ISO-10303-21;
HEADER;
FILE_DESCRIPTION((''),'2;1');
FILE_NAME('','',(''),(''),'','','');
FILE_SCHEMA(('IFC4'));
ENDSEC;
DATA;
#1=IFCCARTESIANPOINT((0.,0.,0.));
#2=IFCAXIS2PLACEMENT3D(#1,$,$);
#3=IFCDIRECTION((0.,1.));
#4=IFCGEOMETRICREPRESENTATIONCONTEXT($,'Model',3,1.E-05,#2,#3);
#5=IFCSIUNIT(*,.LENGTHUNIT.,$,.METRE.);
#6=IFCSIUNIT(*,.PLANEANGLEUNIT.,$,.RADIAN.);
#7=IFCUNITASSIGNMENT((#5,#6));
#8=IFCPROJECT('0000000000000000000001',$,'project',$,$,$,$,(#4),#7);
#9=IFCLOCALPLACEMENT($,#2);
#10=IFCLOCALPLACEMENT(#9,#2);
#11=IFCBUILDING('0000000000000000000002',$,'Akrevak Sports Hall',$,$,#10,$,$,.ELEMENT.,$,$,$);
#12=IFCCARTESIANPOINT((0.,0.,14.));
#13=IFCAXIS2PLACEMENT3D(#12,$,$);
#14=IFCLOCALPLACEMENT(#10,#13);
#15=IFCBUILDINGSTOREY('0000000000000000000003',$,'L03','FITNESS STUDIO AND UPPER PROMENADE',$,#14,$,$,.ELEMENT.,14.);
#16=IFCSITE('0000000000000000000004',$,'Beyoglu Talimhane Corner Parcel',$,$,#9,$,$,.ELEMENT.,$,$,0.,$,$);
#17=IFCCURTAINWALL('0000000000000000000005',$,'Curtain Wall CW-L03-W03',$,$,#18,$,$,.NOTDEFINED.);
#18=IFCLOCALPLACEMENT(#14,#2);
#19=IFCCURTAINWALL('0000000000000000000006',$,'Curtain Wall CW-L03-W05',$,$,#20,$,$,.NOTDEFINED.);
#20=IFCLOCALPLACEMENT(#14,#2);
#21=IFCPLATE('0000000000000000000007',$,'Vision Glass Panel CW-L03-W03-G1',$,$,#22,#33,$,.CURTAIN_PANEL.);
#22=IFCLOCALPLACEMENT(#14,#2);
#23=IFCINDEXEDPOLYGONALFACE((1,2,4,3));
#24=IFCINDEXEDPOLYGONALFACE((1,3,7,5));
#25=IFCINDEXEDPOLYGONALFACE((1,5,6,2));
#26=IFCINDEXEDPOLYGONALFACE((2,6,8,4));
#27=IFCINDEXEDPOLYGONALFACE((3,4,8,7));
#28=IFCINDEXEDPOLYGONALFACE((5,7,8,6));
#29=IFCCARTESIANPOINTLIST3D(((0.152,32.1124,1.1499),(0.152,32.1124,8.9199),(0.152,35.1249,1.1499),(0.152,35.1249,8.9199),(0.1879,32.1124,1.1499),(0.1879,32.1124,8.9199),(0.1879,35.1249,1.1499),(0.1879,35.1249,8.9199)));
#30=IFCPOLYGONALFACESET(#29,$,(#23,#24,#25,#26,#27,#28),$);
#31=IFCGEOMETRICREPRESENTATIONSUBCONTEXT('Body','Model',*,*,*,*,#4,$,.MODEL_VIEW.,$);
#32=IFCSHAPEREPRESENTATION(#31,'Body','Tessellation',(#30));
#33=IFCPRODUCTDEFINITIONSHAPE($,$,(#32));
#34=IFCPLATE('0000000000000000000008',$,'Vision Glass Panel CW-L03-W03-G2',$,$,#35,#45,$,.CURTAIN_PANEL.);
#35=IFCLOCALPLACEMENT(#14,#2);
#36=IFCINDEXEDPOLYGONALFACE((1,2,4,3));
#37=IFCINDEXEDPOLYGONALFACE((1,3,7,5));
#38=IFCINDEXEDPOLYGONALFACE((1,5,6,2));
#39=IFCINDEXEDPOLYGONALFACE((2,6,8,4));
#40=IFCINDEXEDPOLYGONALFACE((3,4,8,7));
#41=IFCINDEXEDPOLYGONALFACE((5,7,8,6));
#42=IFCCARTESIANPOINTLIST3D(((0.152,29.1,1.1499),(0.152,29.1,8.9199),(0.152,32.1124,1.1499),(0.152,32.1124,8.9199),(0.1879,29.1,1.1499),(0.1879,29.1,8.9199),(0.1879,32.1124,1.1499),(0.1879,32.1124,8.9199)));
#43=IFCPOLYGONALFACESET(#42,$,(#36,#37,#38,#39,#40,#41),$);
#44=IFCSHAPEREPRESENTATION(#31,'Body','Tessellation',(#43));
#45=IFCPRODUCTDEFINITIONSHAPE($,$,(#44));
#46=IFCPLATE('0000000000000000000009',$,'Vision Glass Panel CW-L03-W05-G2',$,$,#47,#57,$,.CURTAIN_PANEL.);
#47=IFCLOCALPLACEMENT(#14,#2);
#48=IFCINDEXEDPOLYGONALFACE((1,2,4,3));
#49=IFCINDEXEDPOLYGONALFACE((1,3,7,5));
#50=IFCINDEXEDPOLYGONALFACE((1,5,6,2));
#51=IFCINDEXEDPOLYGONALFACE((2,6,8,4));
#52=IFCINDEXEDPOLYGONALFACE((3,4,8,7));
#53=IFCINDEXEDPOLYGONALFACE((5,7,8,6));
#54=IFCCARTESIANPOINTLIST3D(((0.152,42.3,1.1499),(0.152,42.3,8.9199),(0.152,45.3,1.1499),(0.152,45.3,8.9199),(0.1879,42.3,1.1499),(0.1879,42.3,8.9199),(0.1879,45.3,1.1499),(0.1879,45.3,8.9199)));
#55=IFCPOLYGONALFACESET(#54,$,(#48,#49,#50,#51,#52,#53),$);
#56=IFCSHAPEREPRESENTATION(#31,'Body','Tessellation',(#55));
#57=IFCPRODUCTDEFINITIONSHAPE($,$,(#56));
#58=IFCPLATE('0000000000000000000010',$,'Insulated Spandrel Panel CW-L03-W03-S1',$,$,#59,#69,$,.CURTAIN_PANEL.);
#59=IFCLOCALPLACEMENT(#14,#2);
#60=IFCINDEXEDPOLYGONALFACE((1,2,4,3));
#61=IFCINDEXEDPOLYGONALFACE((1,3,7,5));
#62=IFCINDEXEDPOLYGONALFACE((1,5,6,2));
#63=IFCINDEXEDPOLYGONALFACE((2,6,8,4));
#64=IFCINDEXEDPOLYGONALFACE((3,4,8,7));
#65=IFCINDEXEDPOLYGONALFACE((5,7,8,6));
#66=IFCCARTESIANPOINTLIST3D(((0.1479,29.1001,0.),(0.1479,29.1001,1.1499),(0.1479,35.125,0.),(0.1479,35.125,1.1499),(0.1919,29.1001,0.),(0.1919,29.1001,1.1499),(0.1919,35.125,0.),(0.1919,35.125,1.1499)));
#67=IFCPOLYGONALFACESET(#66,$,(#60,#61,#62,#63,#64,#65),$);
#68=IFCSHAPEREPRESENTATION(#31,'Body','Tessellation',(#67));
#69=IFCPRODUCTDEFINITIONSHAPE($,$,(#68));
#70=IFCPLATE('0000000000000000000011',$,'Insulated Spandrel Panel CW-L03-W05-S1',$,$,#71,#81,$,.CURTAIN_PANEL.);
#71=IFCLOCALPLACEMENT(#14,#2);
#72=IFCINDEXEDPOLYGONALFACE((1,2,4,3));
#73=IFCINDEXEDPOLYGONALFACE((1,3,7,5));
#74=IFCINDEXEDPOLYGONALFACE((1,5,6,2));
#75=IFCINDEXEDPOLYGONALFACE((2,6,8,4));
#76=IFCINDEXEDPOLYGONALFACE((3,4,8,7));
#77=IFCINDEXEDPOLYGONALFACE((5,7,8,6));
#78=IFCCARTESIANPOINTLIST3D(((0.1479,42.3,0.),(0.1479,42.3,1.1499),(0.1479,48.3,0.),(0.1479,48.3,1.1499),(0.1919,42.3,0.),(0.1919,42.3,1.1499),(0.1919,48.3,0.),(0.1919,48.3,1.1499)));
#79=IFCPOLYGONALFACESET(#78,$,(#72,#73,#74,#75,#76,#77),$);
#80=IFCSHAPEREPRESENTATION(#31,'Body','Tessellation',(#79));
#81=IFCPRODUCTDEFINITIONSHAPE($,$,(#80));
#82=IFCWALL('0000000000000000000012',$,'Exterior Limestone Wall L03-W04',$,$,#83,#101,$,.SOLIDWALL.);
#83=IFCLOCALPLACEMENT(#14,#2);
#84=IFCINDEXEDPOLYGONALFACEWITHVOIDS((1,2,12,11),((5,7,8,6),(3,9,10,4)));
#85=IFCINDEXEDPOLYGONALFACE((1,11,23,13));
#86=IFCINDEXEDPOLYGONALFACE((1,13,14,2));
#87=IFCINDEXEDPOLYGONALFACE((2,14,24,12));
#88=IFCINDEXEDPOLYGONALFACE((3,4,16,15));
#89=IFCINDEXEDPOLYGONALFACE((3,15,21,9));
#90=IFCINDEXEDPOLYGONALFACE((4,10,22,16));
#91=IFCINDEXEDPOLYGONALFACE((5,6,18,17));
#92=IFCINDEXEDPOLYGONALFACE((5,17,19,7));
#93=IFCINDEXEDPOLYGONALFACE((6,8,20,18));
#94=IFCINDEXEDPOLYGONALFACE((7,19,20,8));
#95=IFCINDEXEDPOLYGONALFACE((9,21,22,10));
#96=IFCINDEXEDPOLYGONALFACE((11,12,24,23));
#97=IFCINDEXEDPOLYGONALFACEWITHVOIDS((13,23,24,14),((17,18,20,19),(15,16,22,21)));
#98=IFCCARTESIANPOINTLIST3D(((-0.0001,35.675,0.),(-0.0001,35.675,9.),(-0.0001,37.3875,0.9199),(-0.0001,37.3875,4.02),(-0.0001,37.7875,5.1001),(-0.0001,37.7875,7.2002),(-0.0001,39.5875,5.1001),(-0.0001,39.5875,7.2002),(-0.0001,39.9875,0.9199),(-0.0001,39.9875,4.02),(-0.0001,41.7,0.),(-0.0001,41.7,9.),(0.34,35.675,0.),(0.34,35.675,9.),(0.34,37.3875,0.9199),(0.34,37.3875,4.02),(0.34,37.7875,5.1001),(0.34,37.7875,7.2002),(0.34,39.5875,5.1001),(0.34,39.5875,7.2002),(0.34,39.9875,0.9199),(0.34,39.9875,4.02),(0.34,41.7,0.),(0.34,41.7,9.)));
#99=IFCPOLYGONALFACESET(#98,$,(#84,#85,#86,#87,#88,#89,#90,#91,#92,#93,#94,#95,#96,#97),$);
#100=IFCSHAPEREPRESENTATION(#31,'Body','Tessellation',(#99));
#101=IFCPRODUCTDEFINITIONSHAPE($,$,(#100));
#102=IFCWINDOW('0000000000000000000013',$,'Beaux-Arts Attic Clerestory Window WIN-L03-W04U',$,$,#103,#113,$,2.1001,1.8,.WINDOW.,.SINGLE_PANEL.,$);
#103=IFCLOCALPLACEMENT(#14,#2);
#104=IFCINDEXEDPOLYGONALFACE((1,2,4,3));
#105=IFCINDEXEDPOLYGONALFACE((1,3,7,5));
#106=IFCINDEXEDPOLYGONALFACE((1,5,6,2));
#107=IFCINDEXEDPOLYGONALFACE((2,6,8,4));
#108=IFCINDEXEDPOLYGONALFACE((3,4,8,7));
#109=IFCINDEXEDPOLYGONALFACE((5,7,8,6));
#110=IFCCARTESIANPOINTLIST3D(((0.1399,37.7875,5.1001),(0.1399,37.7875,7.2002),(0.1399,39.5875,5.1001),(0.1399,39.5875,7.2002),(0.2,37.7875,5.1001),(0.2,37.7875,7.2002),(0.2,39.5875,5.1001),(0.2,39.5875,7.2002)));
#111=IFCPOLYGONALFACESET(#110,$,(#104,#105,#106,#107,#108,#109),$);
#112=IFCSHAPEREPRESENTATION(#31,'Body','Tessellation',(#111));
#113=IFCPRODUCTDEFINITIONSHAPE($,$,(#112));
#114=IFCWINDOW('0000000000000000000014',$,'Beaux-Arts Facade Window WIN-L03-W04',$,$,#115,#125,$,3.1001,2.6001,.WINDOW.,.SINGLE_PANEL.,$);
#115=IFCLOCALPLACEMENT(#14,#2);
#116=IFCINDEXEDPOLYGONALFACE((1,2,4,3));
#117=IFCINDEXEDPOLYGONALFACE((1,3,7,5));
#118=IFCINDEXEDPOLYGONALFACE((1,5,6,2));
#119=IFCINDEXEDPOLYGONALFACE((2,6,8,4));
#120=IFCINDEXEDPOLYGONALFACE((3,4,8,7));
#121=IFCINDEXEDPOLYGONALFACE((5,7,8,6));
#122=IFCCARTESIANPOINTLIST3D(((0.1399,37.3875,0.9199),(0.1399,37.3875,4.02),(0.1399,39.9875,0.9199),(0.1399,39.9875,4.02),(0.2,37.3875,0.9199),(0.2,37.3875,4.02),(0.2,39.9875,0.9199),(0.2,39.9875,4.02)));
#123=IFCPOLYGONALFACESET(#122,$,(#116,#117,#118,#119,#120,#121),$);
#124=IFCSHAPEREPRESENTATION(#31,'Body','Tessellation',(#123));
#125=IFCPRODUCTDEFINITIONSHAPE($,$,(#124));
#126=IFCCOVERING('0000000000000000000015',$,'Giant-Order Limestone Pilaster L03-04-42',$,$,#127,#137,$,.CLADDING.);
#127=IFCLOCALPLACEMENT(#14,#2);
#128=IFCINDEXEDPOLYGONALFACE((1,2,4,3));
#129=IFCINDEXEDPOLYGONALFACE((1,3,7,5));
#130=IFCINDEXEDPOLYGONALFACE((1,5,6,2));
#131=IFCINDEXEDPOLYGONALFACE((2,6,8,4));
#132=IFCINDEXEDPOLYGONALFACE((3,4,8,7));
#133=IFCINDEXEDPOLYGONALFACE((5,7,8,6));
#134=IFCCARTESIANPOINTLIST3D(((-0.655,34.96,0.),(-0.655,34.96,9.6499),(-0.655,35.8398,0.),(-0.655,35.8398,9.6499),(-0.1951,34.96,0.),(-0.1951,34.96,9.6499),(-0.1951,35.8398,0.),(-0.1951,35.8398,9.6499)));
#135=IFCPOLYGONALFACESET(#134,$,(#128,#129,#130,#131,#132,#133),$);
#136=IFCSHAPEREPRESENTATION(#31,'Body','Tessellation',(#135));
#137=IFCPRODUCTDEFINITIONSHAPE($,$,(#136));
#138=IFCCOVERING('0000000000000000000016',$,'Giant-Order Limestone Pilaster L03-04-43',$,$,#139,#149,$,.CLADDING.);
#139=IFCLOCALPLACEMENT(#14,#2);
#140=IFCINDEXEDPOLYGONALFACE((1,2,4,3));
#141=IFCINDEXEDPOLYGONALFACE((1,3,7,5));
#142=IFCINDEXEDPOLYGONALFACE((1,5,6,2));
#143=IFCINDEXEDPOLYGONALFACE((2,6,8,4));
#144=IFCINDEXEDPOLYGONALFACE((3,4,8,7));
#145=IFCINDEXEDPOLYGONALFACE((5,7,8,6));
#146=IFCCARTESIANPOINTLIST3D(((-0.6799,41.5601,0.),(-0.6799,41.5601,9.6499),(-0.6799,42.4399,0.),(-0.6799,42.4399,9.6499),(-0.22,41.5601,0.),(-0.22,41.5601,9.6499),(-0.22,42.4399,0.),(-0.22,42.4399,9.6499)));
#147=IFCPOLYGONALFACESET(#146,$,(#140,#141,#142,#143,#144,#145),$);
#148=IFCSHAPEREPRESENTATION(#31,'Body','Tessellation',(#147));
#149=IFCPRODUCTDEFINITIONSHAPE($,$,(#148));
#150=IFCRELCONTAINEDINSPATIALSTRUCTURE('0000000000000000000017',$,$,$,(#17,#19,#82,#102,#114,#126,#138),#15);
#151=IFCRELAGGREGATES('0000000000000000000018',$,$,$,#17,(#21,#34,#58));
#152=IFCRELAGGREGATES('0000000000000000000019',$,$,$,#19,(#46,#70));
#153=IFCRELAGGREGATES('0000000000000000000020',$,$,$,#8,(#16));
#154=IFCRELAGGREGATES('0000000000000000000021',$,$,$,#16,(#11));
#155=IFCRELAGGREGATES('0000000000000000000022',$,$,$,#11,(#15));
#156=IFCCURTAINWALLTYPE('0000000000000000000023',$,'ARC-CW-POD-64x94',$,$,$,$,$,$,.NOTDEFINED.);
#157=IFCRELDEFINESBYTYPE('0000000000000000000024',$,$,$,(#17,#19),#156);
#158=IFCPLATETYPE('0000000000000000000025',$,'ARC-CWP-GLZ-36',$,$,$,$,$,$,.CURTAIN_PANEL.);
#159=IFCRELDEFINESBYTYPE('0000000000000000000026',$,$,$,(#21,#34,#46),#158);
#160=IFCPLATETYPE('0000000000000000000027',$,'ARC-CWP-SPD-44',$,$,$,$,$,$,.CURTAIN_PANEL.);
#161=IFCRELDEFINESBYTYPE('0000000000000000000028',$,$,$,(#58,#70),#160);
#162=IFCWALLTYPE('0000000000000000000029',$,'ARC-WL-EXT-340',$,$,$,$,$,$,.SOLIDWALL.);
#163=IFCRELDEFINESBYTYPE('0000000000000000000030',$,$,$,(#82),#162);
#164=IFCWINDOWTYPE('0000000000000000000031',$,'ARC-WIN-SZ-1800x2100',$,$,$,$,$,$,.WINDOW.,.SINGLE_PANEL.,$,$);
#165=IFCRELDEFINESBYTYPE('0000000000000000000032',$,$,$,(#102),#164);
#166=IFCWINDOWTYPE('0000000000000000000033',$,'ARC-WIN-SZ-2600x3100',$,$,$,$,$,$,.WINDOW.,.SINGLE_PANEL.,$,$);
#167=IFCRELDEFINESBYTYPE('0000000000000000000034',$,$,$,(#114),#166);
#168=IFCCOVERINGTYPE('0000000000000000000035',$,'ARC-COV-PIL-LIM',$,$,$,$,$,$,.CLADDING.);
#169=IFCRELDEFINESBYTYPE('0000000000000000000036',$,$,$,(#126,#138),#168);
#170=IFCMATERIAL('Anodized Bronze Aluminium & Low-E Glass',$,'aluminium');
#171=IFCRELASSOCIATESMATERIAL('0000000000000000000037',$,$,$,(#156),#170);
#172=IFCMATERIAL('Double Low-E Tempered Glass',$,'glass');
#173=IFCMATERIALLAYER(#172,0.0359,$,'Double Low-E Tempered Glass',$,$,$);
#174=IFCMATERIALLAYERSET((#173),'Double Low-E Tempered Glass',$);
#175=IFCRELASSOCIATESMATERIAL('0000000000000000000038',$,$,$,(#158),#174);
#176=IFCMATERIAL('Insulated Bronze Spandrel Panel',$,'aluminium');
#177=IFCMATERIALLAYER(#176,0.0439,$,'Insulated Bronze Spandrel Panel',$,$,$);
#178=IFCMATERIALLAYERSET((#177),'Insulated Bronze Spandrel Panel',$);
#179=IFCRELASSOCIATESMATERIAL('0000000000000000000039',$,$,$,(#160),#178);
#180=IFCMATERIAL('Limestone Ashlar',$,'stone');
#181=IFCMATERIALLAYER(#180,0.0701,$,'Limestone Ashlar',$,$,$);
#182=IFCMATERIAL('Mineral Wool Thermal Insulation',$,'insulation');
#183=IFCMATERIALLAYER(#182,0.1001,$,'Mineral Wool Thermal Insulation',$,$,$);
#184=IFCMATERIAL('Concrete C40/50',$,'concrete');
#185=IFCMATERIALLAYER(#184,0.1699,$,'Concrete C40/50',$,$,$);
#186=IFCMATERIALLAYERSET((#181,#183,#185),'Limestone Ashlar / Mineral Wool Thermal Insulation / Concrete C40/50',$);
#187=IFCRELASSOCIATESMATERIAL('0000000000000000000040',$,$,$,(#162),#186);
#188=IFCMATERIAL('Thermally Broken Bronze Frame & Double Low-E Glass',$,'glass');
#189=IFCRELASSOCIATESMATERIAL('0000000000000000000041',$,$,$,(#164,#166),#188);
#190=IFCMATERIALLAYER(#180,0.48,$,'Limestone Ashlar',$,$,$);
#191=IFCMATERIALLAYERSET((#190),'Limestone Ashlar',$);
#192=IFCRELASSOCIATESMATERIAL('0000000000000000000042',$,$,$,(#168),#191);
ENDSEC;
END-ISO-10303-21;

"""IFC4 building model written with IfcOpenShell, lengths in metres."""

from ifc_helpers import new_model, si_unit, direction, frame, frame_2d, origin, origin_2d, place, context, subcontext, project, spatial, rectangle, extrude, material, layer, layer_set, type_object, element, fill, aggregate, save


model = new_model("IFC4")

# Units and contexts
model_context = context("Model", 3, precision=1e-05, world=origin(), true_north=direction((0.0, 1.0)))
body_context = subcontext(model_context, "Body", "Model", "MODEL_VIEW")
ifc_project = project(units=[si_unit("LENGTHUNIT", "METRE"), si_unit("PLANEANGLEUNIT", "RADIAN")], contexts=[model_context])

# Site, building, storey
site_placement = place(None, origin())
site = spatial("IfcSite", under=ifc_project, at=site_placement, Name="Beyoglu Talimhane Corner Parcel", CompositionType="ELEMENT", RefElevation=0.0)
building_placement = place(site_placement, origin())
building = spatial("IfcBuilding", under=site, at=building_placement, Name="Akrevak Sports Hall", CompositionType="ELEMENT")
storey_placement = place(building_placement, frame((0.0, 0.0, 14.0)))
storey = spatial("IfcBuildingStorey", under=building, at=storey_placement, Name="L03", Description="FITNESS STUDIO AND UPPER PROMENADE", CompositionType="ELEMENT", Elevation=14.0)

# Shared definitions
ifc_material_1 = material(Name="Concrete C40/50", Category="concrete")

# Curtain walls
ifc_material_2 = material(Name="Anodized Bronze Aluminium & Low-E Glass", Category="aluminium")
curtain_wall_type = type_object("IfcCurtainWallType", Name="ARC-CW-POD-64x94", PredefinedType="NOTDEFINED", material=ifc_material_2)
curtain_wall_1_placement = place(storey_placement, origin())
curtain_wall_1 = element("IfcCurtainWall", 1, at=curtain_wall_1_placement, inside=storey, type_object=curtain_wall_type, Name="Curtain Wall CW-L03-W03", PredefinedType="NOTDEFINED")
curtain_wall_2_placement = place(storey_placement, origin())
curtain_wall_2 = element("IfcCurtainWall", 2, at=curtain_wall_2_placement, inside=storey, type_object=curtain_wall_type, Name="Curtain Wall CW-L03-W05", PredefinedType="NOTDEFINED")

# Plates
ifc_material_3 = material(Name="Double Low-E Tempered Glass", Category="glass")
ifc_layer_1 = layer(ifc_material_3, 0.0359, Name="Double Low-E Tempered Glass")
ifc_layer_set_1 = layer_set([ifc_layer_1], Name="Double Low-E Tempered Glass")
plate_type_1 = type_object("IfcPlateType", Name="ARC-CWP-GLZ-36", PredefinedType="CURTAIN_PANEL", material=ifc_layer_set_1)
plate_1_placement = place(storey_placement, frame((0.1699, 33.6187, 1.1499), z_axis=(0.0, 0.0, 1.0), x_axis=(0.0, -1.0, 0.0)))
plate_1 = element("IfcPlate", 3, at=plate_1_placement, type_object=plate_type_1, Name="Vision Glass Panel CW-L03-W03-G1", PredefinedType="CURTAIN_PANEL", context=body_context, shape_type="SweptSolid", body=[
    extrude(rectangle(XDim=3.0125, YDim=0.0359, at=origin_2d()), origin(), (0.0, 0.0, 1.0), 7.77),
])
plate_2_placement = place(storey_placement, frame((0.1699, 30.6062, 1.1499), z_axis=(0.0, 0.0, 1.0), x_axis=(0.0, -1.0, 0.0)))
plate_2 = element("IfcPlate", 4, at=plate_2_placement, type_object=plate_type_1, Name="Vision Glass Panel CW-L03-W03-G2", PredefinedType="CURTAIN_PANEL", context=body_context, shape_type="SweptSolid", body=[
    extrude(rectangle(XDim=3.0125, YDim=0.0359, at=origin_2d()), origin(), (0.0, 0.0, 1.0), 7.77),
])
plate_3_placement = place(storey_placement, frame((0.1699, 43.8, 1.1499), z_axis=(0.0, 0.0, 1.0), x_axis=(0.0, -1.0, 0.0)))
plate_3 = element("IfcPlate", 5, at=plate_3_placement, type_object=plate_type_1, Name="Vision Glass Panel CW-L03-W05-G2", PredefinedType="CURTAIN_PANEL", context=body_context, shape_type="SweptSolid", body=[
    extrude(rectangle(XDim=3.0, YDim=0.0359, at=origin_2d()), origin(), (0.0, 0.0, 1.0), 7.77),
])
ifc_material_4 = material(Name="Insulated Bronze Spandrel Panel", Category="aluminium")
ifc_layer_2 = layer(ifc_material_4, 0.0439, Name="Insulated Bronze Spandrel Panel")
ifc_layer_set_2 = layer_set([ifc_layer_2], Name="Insulated Bronze Spandrel Panel")
plate_type_2 = type_object("IfcPlateType", Name="ARC-CWP-SPD-44", PredefinedType="CURTAIN_PANEL", material=ifc_layer_set_2)
plate_4_placement = place(storey_placement, frame((0.1699, 32.1125, 0.0), z_axis=(0.0, 0.0, 1.0), x_axis=(0.0, -1.0, 0.0)))
plate_4 = element("IfcPlate", 6, at=plate_4_placement, type_object=plate_type_2, Name="Insulated Spandrel Panel CW-L03-W03-S1", PredefinedType="CURTAIN_PANEL", context=body_context, shape_type="SweptSolid", body=[
    extrude(rectangle(XDim=6.0249, YDim=0.0439, at=origin_2d()), origin(), (0.0, 0.0, 1.0), 1.1499),
])
aggregate(curtain_wall_1, [plate_1, plate_2, plate_4])
plate_5_placement = place(storey_placement, frame((0.1699, 45.3, 0.0), z_axis=(0.0, 0.0, 1.0), x_axis=(0.0, -1.0, 0.0)))
plate_5 = element("IfcPlate", 7, at=plate_5_placement, type_object=plate_type_2, Name="Insulated Spandrel Panel CW-L03-W05-S1", PredefinedType="CURTAIN_PANEL", context=body_context, shape_type="SweptSolid", body=[
    extrude(rectangle(XDim=6.0, YDim=0.0439, at=origin_2d()), origin(), (0.0, 0.0, 1.0), 1.1499),
])
aggregate(curtain_wall_2, [plate_3, plate_5])

# Wall, openings, windows
ifc_material_5 = material(Name="Limestone Ashlar", Category="stone")
ifc_layer_3 = layer(ifc_material_5, 0.0701, Name="Limestone Ashlar")
ifc_material_6 = material(Name="Mineral Wool Thermal Insulation", Category="insulation")
ifc_layer_4 = layer(ifc_material_6, 0.1001, Name="Mineral Wool Thermal Insulation")
ifc_layer_5 = layer(ifc_material_1, 0.1699, Name="Concrete C40/50")
ifc_layer_set_3 = layer_set([ifc_layer_3, ifc_layer_4, ifc_layer_5], Name="Limestone Ashlar / Mineral Wool Thermal Insulation / Concrete C40/50")
wall_type = type_object("IfcWallType", Name="ARC-WL-EXT-340", PredefinedType="SOLIDWALL", material=ifc_layer_set_3)
wall_placement = place(storey_placement, frame((0.1699, 41.7, 0.0), z_axis=(0.0, 0.0, 1.0), x_axis=(0.0, -1.0, 0.0)))
wall = element("IfcWall", 8, at=wall_placement, inside=storey, type_object=wall_type, Name="Exterior Limestone Wall L03-W04", PredefinedType="SOLIDWALL", context=body_context, shape_type="SweptSolid", body=[
    extrude(rectangle(XDim=6.0249, YDim=0.3401, at=frame_2d((3.0125, 0.0))), origin(), (0.0, 0.0, 1.0), 9.0),
])
opening_1_placement = place(wall_placement, frame((1.7124, 0.0, 0.9199)))
opening_1 = element("IfcOpeningElement", 9, at=opening_1_placement, cuts=wall, PredefinedType="OPENING", context=body_context, shape_type="SweptSolid", body=[
    extrude(rectangle(XDim=2.6001, YDim=3.1001, at=frame_2d((1.3, 1.55))), frame((0.0, 0.1821, 0.0), z_axis=(0.0, -1.0, 0.0), x_axis=(1.0, 0.0, 0.0)), (0.0, 0.0, 1.0), 0.364),
])
opening_2_placement = place(wall_placement, frame((2.1125, 0.0, 5.1001)))
opening_2 = element("IfcOpeningElement", 10, at=opening_2_placement, cuts=wall, PredefinedType="OPENING", context=body_context, shape_type="SweptSolid", body=[
    extrude(rectangle(XDim=1.8, YDim=2.1001, at=frame_2d((0.8999, 1.05))), frame((0.0, 0.1821, 0.0), z_axis=(0.0, -1.0, 0.0), x_axis=(1.0, 0.0, 0.0)), (0.0, 0.0, 1.0), 0.364),
])
ifc_material_7 = material(Name="Thermally Broken Bronze Frame & Double Low-E Glass", Category="glass")
window_type_1 = type_object("IfcWindowType", Name="ARC-WIN-SZ-1800x2100", PartitioningType="SINGLE_PANEL", PredefinedType="WINDOW", material=ifc_material_7)
window_1_placement = place(opening_2_placement, origin())
window_1 = element("IfcWindow", 11, at=window_1_placement, inside=storey, type_object=window_type_1, Name="Beaux-Arts Attic Clerestory Window WIN-L03-W04U", OverallHeight=2.1001, OverallWidth=1.8, PartitioningType="SINGLE_PANEL", PredefinedType="WINDOW", context=body_context, shape_type="SweptSolid", body=[
    extrude(rectangle(XDim=1.8, YDim=2.1001, at=frame_2d((0.8999, 1.05))), frame((0.0, 0.03, 0.0), z_axis=(0.0, -1.0, 0.0), x_axis=(1.0, 0.0, 0.0)), (0.0, 0.0, 1.0), 0.0601),
])
fill(opening_2, window_1)
window_type_2 = type_object("IfcWindowType", Name="ARC-WIN-SZ-2600x3100", PartitioningType="SINGLE_PANEL", PredefinedType="WINDOW", material=ifc_material_7)
window_2_placement = place(opening_1_placement, origin())
window_2 = element("IfcWindow", 12, at=window_2_placement, inside=storey, type_object=window_type_2, Name="Beaux-Arts Facade Window WIN-L03-W04", OverallHeight=3.1001, OverallWidth=2.6001, PartitioningType="SINGLE_PANEL", PredefinedType="WINDOW", context=body_context, shape_type="SweptSolid", body=[
    extrude(rectangle(XDim=2.6001, YDim=3.1001, at=frame_2d((1.3, 1.55))), frame((0.0, 0.03, 0.0), z_axis=(0.0, -1.0, 0.0), x_axis=(1.0, 0.0, 0.0)), (0.0, 0.0, 1.0), 0.0601),
])
fill(opening_1, window_2)

# Coverings
ifc_layer_6 = layer(ifc_material_5, 0.48, Name="Limestone Ashlar")
ifc_layer_set_4 = layer_set([ifc_layer_6], Name="Limestone Ashlar")
covering_type = type_object("IfcCoveringType", Name="ARC-COV-PIL-LIM", PredefinedType="CLADDING", material=ifc_layer_set_4)
for number, where, z_axis, x_axis, name in (
    (13, (-0.425, 35.3999, 0.0), (0.0, 0.0, 1.0), (0.0, -1.0, 0.0), "Giant-Order Limestone Pilaster L03-04-42"),
    (14, (-0.45, 42.0, 0.0), (0.0, 0.0, 1.0), (0.0, -1.0, 0.0), "Giant-Order Limestone Pilaster L03-04-43"),
):
    element("IfcCovering", number, at=place(storey_placement, frame(where, z_axis=z_axis, x_axis=x_axis)), inside=storey, type_object=covering_type, Name=name, PredefinedType="CLADDING", context=body_context, shape_type="SweptSolid", body=[
        extrude(rectangle(XDim=0.8799, YDim=0.46, at=origin_2d()), origin(), (0.0, 0.0, 1.0), 9.6499),
    ])

save(model, "model.ifc")
